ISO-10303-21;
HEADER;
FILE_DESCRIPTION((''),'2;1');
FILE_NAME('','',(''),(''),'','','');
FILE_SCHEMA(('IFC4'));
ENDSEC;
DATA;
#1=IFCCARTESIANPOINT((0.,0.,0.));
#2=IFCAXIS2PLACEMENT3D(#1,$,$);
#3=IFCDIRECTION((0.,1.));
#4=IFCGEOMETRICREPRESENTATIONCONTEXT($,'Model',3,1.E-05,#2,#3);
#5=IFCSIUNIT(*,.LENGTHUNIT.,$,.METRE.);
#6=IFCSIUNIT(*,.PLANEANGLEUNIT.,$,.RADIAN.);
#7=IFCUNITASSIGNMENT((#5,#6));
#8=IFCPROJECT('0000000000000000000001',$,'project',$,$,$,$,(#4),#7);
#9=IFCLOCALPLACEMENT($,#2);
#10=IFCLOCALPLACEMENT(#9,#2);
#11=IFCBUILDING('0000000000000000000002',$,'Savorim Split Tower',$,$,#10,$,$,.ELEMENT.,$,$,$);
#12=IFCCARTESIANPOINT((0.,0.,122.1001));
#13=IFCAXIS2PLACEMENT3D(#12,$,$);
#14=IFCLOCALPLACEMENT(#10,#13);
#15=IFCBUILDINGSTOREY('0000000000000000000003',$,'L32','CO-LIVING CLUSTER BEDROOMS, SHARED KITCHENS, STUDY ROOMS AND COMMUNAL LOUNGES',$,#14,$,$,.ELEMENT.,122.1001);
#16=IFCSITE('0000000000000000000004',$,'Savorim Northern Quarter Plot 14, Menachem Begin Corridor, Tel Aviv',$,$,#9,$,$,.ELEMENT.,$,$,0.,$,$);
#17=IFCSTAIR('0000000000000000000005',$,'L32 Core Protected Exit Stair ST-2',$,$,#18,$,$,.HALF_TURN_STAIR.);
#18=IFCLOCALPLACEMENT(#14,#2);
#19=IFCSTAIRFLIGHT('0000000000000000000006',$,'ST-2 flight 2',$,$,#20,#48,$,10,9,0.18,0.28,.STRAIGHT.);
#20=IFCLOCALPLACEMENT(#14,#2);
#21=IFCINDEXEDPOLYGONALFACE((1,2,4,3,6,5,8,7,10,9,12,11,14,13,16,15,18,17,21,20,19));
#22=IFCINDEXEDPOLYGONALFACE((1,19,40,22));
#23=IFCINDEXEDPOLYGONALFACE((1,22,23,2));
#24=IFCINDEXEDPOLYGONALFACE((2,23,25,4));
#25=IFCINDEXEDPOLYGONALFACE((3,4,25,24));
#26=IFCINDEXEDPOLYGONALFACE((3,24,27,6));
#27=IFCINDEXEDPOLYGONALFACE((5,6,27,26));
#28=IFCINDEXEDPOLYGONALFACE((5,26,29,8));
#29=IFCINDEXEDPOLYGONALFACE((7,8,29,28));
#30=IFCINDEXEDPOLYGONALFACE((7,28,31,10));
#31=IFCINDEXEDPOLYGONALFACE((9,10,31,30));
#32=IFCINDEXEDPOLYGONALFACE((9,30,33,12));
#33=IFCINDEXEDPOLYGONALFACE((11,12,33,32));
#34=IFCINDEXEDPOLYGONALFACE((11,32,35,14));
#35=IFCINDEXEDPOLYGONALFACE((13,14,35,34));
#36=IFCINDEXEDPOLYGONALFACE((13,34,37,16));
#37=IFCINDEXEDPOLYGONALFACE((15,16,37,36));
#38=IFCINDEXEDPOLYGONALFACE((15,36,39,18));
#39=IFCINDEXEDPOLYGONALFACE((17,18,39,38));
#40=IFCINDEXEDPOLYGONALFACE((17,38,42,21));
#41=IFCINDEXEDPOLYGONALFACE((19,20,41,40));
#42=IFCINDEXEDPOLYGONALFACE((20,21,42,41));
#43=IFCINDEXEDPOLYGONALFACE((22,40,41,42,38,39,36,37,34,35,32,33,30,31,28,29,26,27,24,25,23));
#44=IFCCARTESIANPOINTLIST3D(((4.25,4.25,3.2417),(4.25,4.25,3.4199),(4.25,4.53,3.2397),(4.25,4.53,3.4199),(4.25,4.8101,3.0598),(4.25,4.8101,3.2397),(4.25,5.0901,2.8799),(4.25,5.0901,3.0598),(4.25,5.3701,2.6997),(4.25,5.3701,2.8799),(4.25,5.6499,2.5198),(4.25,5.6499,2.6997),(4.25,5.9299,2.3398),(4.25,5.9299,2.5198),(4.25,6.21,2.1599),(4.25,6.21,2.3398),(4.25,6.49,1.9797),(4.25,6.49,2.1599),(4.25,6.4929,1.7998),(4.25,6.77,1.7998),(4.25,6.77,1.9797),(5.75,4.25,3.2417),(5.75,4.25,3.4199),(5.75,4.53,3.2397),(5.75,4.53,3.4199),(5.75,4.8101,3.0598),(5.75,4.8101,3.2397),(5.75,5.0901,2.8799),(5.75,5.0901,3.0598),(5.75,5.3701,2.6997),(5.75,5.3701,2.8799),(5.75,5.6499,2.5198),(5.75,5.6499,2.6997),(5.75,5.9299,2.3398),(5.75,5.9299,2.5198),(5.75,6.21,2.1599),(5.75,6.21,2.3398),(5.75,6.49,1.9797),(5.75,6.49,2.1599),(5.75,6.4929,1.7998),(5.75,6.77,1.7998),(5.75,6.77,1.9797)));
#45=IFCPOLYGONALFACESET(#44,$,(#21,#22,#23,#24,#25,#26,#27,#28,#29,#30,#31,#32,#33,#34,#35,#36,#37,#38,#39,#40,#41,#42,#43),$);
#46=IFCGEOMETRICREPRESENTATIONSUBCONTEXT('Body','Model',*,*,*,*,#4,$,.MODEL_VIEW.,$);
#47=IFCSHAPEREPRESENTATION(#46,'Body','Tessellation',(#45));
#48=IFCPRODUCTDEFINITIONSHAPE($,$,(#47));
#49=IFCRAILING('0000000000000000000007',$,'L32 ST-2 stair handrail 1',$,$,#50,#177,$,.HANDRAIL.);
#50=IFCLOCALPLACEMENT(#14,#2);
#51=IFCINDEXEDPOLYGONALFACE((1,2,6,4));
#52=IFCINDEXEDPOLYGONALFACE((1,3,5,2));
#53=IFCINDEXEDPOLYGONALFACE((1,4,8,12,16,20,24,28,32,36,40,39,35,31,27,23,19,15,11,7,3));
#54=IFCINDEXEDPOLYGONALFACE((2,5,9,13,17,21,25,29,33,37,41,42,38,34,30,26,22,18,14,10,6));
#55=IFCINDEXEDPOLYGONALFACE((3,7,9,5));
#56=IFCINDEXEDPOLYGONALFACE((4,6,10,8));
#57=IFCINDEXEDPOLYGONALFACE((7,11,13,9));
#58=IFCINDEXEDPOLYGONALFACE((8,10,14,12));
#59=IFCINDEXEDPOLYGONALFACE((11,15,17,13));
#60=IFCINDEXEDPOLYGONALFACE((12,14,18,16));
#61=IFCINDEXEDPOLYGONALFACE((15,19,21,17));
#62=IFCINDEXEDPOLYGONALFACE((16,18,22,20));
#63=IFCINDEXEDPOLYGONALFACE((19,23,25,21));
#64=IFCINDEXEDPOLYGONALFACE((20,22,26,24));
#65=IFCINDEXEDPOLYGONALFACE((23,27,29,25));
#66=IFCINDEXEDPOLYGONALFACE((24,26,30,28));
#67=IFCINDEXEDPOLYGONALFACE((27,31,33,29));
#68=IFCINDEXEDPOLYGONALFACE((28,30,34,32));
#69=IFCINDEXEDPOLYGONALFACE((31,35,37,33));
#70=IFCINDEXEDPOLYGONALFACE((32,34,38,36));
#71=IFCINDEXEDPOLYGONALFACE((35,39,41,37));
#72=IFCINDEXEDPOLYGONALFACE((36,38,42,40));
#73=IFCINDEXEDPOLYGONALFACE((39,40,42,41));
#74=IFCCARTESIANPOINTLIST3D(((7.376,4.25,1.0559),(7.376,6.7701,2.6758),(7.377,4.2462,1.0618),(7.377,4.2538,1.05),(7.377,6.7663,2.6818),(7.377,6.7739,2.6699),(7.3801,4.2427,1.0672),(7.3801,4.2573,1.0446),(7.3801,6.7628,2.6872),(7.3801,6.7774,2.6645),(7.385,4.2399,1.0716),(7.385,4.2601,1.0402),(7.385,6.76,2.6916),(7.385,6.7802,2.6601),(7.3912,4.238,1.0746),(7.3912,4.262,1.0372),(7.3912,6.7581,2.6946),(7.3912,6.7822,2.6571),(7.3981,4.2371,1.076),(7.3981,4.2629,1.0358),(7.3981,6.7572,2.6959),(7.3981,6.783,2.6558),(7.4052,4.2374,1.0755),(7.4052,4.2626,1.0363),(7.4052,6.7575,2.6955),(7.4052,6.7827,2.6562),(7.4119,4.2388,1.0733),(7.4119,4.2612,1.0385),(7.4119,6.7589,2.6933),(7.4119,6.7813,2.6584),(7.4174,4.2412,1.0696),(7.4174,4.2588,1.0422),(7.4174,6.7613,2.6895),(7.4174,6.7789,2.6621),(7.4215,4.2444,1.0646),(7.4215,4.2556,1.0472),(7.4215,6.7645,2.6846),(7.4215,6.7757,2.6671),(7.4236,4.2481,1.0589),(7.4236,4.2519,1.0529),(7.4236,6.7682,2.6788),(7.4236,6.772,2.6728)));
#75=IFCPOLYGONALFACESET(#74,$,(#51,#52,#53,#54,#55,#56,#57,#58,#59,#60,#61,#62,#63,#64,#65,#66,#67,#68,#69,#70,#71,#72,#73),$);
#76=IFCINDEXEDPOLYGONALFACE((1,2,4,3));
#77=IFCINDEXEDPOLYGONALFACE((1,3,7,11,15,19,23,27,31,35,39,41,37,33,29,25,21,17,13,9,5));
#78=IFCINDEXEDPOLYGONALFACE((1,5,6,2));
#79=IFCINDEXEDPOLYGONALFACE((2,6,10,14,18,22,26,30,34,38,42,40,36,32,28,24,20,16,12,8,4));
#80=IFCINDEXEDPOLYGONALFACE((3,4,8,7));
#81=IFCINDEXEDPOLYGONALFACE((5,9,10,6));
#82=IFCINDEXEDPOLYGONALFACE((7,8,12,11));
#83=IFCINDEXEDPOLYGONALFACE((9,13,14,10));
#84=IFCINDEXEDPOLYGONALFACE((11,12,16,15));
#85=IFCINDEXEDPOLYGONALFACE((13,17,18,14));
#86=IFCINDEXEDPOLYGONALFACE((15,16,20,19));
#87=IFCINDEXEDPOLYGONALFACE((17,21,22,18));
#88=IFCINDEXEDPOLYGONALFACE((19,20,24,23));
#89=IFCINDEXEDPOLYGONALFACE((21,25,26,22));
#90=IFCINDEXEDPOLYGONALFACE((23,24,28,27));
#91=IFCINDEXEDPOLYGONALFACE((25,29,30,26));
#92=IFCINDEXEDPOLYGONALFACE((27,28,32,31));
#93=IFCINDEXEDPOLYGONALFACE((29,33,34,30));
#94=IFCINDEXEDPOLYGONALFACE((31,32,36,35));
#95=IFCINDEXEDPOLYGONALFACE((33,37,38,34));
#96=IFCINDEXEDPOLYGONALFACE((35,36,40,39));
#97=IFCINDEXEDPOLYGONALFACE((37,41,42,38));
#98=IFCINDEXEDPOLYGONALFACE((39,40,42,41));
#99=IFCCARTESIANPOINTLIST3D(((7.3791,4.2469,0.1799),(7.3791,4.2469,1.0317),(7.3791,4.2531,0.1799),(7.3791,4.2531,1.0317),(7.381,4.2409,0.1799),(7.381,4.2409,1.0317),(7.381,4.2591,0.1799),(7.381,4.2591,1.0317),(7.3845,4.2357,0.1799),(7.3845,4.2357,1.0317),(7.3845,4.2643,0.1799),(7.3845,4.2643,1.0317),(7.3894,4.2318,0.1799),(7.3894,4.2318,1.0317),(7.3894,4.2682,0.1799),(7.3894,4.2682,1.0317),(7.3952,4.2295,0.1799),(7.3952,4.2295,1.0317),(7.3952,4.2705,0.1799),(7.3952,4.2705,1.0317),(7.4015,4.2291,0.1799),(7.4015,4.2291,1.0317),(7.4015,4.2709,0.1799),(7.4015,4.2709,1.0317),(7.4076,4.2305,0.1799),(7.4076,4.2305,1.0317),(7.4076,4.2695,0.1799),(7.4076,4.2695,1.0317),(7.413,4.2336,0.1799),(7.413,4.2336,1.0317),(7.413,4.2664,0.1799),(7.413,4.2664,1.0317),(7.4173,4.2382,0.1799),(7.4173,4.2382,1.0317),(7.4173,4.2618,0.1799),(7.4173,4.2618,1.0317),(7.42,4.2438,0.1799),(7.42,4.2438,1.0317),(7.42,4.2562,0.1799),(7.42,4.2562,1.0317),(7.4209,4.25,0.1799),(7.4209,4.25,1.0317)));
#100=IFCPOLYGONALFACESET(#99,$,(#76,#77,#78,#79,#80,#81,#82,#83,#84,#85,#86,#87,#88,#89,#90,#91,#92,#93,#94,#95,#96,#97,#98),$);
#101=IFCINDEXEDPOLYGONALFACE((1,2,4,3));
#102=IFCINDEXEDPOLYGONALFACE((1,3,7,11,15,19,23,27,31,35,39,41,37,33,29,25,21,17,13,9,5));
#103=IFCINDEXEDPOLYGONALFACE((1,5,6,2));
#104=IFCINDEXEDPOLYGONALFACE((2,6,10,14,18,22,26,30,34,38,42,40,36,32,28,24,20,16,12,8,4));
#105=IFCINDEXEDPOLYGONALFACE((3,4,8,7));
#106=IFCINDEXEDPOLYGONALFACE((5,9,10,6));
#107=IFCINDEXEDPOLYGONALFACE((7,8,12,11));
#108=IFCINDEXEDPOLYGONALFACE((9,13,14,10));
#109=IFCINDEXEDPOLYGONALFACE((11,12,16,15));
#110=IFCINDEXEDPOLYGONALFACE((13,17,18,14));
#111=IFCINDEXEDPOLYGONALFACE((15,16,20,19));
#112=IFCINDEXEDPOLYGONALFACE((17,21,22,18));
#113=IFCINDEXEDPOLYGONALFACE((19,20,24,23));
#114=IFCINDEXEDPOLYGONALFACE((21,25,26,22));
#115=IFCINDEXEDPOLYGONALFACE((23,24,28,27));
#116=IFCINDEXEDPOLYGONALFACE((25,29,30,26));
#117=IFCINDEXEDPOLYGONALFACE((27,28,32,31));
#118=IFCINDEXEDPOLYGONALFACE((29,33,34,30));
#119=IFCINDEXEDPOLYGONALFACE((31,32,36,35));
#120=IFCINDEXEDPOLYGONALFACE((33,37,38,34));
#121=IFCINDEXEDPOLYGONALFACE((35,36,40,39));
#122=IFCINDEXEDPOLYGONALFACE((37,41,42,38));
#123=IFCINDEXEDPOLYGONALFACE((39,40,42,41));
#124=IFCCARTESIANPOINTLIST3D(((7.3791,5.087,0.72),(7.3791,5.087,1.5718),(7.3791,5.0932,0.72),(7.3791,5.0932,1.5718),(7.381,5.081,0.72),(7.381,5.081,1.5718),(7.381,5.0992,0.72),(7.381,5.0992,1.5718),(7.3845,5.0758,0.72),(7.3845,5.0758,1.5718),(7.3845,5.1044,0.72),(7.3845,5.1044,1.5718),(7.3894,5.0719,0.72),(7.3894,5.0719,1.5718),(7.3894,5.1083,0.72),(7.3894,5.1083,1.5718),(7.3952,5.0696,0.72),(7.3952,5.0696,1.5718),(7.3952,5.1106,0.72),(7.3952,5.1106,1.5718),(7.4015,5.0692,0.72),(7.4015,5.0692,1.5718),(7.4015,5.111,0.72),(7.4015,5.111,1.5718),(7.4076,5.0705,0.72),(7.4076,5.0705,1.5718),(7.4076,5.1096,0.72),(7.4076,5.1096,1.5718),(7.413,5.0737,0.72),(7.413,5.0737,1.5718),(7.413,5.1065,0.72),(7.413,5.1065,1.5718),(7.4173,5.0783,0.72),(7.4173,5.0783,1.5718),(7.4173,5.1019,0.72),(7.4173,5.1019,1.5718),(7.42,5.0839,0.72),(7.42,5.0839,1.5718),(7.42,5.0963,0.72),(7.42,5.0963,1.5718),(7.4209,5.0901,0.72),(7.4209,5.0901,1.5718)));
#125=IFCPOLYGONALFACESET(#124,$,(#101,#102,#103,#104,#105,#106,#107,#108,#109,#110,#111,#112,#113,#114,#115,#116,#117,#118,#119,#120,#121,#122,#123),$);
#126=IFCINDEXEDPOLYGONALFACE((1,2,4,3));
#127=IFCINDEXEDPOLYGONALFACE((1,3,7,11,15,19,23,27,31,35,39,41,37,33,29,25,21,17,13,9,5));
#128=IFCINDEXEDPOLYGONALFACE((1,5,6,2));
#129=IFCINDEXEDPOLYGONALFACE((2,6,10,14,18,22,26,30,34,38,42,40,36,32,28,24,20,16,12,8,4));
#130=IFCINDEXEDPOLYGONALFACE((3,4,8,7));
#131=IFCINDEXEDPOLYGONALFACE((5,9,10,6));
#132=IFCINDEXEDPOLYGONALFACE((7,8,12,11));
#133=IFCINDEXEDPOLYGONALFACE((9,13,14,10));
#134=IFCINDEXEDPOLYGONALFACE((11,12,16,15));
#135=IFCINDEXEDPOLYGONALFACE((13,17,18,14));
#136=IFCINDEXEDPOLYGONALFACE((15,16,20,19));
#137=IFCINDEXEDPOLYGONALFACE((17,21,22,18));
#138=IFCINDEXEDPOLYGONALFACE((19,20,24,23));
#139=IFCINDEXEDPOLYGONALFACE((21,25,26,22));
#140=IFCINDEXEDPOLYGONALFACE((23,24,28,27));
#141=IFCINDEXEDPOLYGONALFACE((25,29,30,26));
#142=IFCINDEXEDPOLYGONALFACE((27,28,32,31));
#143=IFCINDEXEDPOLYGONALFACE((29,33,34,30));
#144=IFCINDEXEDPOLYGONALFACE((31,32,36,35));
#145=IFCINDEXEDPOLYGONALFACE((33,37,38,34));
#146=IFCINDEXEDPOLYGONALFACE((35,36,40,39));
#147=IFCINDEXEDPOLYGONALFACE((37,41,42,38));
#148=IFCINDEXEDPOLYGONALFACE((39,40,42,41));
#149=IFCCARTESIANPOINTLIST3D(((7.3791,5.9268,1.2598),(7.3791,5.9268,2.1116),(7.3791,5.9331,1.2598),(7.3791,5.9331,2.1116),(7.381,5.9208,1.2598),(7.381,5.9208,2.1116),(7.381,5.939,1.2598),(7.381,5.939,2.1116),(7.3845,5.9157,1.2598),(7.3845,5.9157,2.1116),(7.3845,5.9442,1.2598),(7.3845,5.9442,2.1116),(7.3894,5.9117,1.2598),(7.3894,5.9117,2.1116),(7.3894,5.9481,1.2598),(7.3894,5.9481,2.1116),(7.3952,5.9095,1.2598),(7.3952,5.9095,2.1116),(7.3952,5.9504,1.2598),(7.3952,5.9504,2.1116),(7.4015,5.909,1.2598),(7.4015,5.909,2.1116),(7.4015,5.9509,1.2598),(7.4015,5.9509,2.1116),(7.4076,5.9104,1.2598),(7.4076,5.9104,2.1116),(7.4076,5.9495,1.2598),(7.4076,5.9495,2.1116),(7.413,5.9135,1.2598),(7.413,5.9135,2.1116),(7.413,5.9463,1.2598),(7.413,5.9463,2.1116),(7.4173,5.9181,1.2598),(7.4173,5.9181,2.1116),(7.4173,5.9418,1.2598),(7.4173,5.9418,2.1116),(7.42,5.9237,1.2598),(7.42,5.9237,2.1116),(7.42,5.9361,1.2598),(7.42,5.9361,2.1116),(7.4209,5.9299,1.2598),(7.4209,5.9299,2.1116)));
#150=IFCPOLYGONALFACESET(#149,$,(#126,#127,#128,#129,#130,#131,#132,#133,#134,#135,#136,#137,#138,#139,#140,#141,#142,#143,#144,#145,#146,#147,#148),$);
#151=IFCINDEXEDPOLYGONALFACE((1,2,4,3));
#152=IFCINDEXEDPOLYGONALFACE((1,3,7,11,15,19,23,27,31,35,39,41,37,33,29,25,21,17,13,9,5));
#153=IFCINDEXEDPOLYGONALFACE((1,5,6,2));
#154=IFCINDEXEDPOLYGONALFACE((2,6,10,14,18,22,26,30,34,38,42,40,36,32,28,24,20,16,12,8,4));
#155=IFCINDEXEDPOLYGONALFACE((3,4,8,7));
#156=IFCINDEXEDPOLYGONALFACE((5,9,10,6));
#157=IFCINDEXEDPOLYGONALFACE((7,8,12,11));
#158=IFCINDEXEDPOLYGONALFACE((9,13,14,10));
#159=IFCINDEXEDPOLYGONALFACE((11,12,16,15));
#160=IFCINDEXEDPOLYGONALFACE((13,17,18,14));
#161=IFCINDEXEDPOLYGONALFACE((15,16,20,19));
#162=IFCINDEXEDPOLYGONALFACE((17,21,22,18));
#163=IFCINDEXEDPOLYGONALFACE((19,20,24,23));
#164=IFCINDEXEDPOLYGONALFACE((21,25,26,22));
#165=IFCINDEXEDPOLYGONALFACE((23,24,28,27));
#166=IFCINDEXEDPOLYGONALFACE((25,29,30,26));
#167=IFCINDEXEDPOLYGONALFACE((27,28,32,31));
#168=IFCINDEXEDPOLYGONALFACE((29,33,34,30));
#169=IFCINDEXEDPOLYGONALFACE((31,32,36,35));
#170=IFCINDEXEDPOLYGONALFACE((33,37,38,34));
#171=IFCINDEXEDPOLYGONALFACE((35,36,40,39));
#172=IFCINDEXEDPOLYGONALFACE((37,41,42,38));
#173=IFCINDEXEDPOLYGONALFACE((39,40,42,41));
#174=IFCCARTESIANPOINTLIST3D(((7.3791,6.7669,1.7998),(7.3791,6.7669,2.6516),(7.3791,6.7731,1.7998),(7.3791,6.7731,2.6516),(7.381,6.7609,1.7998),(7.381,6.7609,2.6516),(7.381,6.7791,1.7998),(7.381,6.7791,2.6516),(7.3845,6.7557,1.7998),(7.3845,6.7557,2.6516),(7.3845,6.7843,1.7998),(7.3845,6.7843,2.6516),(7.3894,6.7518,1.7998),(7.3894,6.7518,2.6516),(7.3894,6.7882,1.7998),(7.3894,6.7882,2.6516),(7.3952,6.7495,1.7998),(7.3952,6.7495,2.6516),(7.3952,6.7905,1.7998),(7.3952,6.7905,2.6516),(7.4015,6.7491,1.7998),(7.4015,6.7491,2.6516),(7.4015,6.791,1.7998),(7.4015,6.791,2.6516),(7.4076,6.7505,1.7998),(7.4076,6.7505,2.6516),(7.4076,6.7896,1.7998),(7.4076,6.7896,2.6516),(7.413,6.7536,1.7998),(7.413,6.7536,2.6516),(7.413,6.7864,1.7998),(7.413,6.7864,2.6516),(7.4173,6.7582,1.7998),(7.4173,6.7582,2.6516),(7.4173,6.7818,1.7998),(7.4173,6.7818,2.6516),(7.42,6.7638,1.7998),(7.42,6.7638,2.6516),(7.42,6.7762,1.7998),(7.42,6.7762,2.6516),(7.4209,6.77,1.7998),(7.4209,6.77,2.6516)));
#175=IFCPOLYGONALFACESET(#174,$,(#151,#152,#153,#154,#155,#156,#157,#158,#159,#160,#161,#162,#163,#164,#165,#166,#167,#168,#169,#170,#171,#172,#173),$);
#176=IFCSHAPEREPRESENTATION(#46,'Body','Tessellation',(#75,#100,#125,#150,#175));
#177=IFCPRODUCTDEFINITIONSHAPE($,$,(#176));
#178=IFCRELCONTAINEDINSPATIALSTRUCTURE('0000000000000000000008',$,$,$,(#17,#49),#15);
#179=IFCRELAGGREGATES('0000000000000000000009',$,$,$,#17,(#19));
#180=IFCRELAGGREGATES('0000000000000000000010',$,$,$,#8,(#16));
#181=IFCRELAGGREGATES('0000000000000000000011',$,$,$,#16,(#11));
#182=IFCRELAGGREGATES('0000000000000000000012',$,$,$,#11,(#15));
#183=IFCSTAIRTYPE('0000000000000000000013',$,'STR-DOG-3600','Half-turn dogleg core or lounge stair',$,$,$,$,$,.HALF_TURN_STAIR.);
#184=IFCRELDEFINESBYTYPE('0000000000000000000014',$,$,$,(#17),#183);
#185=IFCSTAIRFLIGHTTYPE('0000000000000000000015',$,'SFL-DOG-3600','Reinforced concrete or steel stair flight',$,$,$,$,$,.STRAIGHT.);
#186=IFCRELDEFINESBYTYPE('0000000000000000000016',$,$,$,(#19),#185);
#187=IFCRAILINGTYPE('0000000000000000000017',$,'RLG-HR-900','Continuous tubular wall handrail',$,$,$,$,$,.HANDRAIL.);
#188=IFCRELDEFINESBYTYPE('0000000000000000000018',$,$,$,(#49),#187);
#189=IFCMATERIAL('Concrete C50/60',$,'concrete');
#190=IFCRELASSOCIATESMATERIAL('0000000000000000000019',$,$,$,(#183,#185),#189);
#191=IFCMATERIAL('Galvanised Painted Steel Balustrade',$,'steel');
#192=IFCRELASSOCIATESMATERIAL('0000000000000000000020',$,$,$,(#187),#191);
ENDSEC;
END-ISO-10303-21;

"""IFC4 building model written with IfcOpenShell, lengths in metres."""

from ifc_helpers import new_model, si_unit, direction, frame, origin, origin_2d, place, context, subcontext, project, spatial, polyline, circle, outline, extrude, material, type_object, element, aggregate, save


model = new_model("IFC4")

# Units and contexts
model_context = context("Model", 3, precision=1e-05, world=origin(), true_north=direction((0.0, 1.0)))
body_context = subcontext(model_context, "Body", "Model", "MODEL_VIEW")
ifc_project = project(units=[si_unit("LENGTHUNIT", "METRE"), si_unit("PLANEANGLEUNIT", "RADIAN")], contexts=[model_context])

# Site, building, storey
site_placement = place(None, origin())
site = spatial("IfcSite", under=ifc_project, at=site_placement, Name="Savorim Northern Quarter Plot 14, Menachem Begin Corridor, Tel Aviv", CompositionType="ELEMENT", RefElevation=0.0)
building_placement = place(site_placement, origin())
building = spatial("IfcBuilding", under=site, at=building_placement, Name="Savorim Split Tower", CompositionType="ELEMENT")
storey_placement = place(building_placement, frame((0.0, 0.0, 122.1001)))
storey = spatial("IfcBuildingStorey", under=building, at=storey_placement, Name="L32", Description="CO-LIVING CLUSTER BEDROOMS, SHARED KITCHENS, STUDY ROOMS AND COMMUNAL LOUNGES", CompositionType="ELEMENT", Elevation=122.1001)

# Shared definitions
ifc_material_1 = material(Name="Concrete C50/60", Category="concrete")

# Stair, stair flight
stair_type = type_object("IfcStairType", Name="STR-DOG-3600", Description="Half-turn dogleg core or lounge stair", PredefinedType="HALF_TURN_STAIR", material=ifc_material_1)
stair_placement = place(storey_placement, origin())
stair = element("IfcStair", 1, at=stair_placement, inside=storey, type_object=stair_type, Name="L32 Core Protected Exit Stair ST-2", PredefinedType="HALF_TURN_STAIR")
stair_flight_type = type_object("IfcStairFlightType", Name="SFL-DOG-3600", Description="Reinforced concrete or steel stair flight", PredefinedType="STRAIGHT", material=ifc_material_1)
stair_flight_1_placement = place(storey_placement, frame((5.0, 6.77, 1.7998), z_axis=(0.0, 0.0, 1.0), x_axis=(0.0, -1.0, 0.0)))
stair_flight_1 = element("IfcStairFlight", 2, at=stair_flight_1_placement, type_object=stair_flight_type, Name="ST-2 flight 2", NumberOfRisers=10, NumberOfTreads=9, PredefinedType="STRAIGHT", RiserHeight=0.18, TreadLength=0.28, context=body_context, shape_type="SweptSolid", body=[
    extrude(outline(polyline([(0.0, 0.0), (0.0, 0.1799), (0.28, 0.1799), (0.28, 0.3601), (0.5601, 0.3601), (0.5601, 0.54), (0.8401, 0.54), (0.8401, 0.72), (1.1201, 0.72), (1.1201, 0.8999), (1.3999, 0.8999), (1.3999, 1.0801), (1.6799, 1.0801), (1.6799, 1.26), (1.96, 1.26), (1.96, 1.4399), (2.24, 1.4399), (2.24, 1.6201), (2.52, 1.6201), (2.52, 1.8), (2.52, 1.4419), (0.2771, 0.0), (0.0, 0.0)])), frame((0.0, 0.75, 0.0), z_axis=(0.0, -1.0, 0.0), x_axis=(1.0, 0.0, 0.0)), (0.0, 0.0, 1.0), 1.5),
])
aggregate(stair, [stair_flight_1])

# Railing
ifc_material_2 = material(Name="Galvanised Painted Steel Balustrade", Category="steel")
railing_type_1 = type_object("IfcRailingType", Name="RLG-HR-900", Description="Continuous tubular wall handrail", PredefinedType="HANDRAIL", material=ifc_material_2)
railing_1_placement = place(storey_placement, frame((7.3999, 4.25, 0.1799)))
element("IfcRailing", 3, at=railing_1_placement, inside=storey, type_object=railing_type_1, Name="L32 ST-2 stair handrail 1", PredefinedType="HANDRAIL", context=body_context, shape_type="SweptSolid", body=[
    extrude(circle(Radius=0.0239, at=origin_2d()), frame((0.0, 0.0, 0.876), z_axis=(0.0, 0.8412, 0.540725), x_axis=(-1.0, 0.0, 0.0)), (0.0, 0.0, 1.0), 2.9958),
    extrude(circle(Radius=0.021, at=origin_2d()), origin(), (0.0, 0.0, 1.0), 0.8518),
    extrude(circle(Radius=0.021, at=origin_2d()), frame((0.0, 0.8401, 0.54)), (0.0, 0.0, 1.0), 0.8518),
    extrude(circle(Radius=0.021, at=origin_2d()), frame((0.0, 1.6799, 1.0798)), (0.0, 0.0, 1.0), 0.8518),
    extrude(circle(Radius=0.021, at=origin_2d()), frame((0.0, 2.52, 1.6199)), (0.0, 0.0, 1.0), 0.8518),
])

save(model, "model.ifc")
